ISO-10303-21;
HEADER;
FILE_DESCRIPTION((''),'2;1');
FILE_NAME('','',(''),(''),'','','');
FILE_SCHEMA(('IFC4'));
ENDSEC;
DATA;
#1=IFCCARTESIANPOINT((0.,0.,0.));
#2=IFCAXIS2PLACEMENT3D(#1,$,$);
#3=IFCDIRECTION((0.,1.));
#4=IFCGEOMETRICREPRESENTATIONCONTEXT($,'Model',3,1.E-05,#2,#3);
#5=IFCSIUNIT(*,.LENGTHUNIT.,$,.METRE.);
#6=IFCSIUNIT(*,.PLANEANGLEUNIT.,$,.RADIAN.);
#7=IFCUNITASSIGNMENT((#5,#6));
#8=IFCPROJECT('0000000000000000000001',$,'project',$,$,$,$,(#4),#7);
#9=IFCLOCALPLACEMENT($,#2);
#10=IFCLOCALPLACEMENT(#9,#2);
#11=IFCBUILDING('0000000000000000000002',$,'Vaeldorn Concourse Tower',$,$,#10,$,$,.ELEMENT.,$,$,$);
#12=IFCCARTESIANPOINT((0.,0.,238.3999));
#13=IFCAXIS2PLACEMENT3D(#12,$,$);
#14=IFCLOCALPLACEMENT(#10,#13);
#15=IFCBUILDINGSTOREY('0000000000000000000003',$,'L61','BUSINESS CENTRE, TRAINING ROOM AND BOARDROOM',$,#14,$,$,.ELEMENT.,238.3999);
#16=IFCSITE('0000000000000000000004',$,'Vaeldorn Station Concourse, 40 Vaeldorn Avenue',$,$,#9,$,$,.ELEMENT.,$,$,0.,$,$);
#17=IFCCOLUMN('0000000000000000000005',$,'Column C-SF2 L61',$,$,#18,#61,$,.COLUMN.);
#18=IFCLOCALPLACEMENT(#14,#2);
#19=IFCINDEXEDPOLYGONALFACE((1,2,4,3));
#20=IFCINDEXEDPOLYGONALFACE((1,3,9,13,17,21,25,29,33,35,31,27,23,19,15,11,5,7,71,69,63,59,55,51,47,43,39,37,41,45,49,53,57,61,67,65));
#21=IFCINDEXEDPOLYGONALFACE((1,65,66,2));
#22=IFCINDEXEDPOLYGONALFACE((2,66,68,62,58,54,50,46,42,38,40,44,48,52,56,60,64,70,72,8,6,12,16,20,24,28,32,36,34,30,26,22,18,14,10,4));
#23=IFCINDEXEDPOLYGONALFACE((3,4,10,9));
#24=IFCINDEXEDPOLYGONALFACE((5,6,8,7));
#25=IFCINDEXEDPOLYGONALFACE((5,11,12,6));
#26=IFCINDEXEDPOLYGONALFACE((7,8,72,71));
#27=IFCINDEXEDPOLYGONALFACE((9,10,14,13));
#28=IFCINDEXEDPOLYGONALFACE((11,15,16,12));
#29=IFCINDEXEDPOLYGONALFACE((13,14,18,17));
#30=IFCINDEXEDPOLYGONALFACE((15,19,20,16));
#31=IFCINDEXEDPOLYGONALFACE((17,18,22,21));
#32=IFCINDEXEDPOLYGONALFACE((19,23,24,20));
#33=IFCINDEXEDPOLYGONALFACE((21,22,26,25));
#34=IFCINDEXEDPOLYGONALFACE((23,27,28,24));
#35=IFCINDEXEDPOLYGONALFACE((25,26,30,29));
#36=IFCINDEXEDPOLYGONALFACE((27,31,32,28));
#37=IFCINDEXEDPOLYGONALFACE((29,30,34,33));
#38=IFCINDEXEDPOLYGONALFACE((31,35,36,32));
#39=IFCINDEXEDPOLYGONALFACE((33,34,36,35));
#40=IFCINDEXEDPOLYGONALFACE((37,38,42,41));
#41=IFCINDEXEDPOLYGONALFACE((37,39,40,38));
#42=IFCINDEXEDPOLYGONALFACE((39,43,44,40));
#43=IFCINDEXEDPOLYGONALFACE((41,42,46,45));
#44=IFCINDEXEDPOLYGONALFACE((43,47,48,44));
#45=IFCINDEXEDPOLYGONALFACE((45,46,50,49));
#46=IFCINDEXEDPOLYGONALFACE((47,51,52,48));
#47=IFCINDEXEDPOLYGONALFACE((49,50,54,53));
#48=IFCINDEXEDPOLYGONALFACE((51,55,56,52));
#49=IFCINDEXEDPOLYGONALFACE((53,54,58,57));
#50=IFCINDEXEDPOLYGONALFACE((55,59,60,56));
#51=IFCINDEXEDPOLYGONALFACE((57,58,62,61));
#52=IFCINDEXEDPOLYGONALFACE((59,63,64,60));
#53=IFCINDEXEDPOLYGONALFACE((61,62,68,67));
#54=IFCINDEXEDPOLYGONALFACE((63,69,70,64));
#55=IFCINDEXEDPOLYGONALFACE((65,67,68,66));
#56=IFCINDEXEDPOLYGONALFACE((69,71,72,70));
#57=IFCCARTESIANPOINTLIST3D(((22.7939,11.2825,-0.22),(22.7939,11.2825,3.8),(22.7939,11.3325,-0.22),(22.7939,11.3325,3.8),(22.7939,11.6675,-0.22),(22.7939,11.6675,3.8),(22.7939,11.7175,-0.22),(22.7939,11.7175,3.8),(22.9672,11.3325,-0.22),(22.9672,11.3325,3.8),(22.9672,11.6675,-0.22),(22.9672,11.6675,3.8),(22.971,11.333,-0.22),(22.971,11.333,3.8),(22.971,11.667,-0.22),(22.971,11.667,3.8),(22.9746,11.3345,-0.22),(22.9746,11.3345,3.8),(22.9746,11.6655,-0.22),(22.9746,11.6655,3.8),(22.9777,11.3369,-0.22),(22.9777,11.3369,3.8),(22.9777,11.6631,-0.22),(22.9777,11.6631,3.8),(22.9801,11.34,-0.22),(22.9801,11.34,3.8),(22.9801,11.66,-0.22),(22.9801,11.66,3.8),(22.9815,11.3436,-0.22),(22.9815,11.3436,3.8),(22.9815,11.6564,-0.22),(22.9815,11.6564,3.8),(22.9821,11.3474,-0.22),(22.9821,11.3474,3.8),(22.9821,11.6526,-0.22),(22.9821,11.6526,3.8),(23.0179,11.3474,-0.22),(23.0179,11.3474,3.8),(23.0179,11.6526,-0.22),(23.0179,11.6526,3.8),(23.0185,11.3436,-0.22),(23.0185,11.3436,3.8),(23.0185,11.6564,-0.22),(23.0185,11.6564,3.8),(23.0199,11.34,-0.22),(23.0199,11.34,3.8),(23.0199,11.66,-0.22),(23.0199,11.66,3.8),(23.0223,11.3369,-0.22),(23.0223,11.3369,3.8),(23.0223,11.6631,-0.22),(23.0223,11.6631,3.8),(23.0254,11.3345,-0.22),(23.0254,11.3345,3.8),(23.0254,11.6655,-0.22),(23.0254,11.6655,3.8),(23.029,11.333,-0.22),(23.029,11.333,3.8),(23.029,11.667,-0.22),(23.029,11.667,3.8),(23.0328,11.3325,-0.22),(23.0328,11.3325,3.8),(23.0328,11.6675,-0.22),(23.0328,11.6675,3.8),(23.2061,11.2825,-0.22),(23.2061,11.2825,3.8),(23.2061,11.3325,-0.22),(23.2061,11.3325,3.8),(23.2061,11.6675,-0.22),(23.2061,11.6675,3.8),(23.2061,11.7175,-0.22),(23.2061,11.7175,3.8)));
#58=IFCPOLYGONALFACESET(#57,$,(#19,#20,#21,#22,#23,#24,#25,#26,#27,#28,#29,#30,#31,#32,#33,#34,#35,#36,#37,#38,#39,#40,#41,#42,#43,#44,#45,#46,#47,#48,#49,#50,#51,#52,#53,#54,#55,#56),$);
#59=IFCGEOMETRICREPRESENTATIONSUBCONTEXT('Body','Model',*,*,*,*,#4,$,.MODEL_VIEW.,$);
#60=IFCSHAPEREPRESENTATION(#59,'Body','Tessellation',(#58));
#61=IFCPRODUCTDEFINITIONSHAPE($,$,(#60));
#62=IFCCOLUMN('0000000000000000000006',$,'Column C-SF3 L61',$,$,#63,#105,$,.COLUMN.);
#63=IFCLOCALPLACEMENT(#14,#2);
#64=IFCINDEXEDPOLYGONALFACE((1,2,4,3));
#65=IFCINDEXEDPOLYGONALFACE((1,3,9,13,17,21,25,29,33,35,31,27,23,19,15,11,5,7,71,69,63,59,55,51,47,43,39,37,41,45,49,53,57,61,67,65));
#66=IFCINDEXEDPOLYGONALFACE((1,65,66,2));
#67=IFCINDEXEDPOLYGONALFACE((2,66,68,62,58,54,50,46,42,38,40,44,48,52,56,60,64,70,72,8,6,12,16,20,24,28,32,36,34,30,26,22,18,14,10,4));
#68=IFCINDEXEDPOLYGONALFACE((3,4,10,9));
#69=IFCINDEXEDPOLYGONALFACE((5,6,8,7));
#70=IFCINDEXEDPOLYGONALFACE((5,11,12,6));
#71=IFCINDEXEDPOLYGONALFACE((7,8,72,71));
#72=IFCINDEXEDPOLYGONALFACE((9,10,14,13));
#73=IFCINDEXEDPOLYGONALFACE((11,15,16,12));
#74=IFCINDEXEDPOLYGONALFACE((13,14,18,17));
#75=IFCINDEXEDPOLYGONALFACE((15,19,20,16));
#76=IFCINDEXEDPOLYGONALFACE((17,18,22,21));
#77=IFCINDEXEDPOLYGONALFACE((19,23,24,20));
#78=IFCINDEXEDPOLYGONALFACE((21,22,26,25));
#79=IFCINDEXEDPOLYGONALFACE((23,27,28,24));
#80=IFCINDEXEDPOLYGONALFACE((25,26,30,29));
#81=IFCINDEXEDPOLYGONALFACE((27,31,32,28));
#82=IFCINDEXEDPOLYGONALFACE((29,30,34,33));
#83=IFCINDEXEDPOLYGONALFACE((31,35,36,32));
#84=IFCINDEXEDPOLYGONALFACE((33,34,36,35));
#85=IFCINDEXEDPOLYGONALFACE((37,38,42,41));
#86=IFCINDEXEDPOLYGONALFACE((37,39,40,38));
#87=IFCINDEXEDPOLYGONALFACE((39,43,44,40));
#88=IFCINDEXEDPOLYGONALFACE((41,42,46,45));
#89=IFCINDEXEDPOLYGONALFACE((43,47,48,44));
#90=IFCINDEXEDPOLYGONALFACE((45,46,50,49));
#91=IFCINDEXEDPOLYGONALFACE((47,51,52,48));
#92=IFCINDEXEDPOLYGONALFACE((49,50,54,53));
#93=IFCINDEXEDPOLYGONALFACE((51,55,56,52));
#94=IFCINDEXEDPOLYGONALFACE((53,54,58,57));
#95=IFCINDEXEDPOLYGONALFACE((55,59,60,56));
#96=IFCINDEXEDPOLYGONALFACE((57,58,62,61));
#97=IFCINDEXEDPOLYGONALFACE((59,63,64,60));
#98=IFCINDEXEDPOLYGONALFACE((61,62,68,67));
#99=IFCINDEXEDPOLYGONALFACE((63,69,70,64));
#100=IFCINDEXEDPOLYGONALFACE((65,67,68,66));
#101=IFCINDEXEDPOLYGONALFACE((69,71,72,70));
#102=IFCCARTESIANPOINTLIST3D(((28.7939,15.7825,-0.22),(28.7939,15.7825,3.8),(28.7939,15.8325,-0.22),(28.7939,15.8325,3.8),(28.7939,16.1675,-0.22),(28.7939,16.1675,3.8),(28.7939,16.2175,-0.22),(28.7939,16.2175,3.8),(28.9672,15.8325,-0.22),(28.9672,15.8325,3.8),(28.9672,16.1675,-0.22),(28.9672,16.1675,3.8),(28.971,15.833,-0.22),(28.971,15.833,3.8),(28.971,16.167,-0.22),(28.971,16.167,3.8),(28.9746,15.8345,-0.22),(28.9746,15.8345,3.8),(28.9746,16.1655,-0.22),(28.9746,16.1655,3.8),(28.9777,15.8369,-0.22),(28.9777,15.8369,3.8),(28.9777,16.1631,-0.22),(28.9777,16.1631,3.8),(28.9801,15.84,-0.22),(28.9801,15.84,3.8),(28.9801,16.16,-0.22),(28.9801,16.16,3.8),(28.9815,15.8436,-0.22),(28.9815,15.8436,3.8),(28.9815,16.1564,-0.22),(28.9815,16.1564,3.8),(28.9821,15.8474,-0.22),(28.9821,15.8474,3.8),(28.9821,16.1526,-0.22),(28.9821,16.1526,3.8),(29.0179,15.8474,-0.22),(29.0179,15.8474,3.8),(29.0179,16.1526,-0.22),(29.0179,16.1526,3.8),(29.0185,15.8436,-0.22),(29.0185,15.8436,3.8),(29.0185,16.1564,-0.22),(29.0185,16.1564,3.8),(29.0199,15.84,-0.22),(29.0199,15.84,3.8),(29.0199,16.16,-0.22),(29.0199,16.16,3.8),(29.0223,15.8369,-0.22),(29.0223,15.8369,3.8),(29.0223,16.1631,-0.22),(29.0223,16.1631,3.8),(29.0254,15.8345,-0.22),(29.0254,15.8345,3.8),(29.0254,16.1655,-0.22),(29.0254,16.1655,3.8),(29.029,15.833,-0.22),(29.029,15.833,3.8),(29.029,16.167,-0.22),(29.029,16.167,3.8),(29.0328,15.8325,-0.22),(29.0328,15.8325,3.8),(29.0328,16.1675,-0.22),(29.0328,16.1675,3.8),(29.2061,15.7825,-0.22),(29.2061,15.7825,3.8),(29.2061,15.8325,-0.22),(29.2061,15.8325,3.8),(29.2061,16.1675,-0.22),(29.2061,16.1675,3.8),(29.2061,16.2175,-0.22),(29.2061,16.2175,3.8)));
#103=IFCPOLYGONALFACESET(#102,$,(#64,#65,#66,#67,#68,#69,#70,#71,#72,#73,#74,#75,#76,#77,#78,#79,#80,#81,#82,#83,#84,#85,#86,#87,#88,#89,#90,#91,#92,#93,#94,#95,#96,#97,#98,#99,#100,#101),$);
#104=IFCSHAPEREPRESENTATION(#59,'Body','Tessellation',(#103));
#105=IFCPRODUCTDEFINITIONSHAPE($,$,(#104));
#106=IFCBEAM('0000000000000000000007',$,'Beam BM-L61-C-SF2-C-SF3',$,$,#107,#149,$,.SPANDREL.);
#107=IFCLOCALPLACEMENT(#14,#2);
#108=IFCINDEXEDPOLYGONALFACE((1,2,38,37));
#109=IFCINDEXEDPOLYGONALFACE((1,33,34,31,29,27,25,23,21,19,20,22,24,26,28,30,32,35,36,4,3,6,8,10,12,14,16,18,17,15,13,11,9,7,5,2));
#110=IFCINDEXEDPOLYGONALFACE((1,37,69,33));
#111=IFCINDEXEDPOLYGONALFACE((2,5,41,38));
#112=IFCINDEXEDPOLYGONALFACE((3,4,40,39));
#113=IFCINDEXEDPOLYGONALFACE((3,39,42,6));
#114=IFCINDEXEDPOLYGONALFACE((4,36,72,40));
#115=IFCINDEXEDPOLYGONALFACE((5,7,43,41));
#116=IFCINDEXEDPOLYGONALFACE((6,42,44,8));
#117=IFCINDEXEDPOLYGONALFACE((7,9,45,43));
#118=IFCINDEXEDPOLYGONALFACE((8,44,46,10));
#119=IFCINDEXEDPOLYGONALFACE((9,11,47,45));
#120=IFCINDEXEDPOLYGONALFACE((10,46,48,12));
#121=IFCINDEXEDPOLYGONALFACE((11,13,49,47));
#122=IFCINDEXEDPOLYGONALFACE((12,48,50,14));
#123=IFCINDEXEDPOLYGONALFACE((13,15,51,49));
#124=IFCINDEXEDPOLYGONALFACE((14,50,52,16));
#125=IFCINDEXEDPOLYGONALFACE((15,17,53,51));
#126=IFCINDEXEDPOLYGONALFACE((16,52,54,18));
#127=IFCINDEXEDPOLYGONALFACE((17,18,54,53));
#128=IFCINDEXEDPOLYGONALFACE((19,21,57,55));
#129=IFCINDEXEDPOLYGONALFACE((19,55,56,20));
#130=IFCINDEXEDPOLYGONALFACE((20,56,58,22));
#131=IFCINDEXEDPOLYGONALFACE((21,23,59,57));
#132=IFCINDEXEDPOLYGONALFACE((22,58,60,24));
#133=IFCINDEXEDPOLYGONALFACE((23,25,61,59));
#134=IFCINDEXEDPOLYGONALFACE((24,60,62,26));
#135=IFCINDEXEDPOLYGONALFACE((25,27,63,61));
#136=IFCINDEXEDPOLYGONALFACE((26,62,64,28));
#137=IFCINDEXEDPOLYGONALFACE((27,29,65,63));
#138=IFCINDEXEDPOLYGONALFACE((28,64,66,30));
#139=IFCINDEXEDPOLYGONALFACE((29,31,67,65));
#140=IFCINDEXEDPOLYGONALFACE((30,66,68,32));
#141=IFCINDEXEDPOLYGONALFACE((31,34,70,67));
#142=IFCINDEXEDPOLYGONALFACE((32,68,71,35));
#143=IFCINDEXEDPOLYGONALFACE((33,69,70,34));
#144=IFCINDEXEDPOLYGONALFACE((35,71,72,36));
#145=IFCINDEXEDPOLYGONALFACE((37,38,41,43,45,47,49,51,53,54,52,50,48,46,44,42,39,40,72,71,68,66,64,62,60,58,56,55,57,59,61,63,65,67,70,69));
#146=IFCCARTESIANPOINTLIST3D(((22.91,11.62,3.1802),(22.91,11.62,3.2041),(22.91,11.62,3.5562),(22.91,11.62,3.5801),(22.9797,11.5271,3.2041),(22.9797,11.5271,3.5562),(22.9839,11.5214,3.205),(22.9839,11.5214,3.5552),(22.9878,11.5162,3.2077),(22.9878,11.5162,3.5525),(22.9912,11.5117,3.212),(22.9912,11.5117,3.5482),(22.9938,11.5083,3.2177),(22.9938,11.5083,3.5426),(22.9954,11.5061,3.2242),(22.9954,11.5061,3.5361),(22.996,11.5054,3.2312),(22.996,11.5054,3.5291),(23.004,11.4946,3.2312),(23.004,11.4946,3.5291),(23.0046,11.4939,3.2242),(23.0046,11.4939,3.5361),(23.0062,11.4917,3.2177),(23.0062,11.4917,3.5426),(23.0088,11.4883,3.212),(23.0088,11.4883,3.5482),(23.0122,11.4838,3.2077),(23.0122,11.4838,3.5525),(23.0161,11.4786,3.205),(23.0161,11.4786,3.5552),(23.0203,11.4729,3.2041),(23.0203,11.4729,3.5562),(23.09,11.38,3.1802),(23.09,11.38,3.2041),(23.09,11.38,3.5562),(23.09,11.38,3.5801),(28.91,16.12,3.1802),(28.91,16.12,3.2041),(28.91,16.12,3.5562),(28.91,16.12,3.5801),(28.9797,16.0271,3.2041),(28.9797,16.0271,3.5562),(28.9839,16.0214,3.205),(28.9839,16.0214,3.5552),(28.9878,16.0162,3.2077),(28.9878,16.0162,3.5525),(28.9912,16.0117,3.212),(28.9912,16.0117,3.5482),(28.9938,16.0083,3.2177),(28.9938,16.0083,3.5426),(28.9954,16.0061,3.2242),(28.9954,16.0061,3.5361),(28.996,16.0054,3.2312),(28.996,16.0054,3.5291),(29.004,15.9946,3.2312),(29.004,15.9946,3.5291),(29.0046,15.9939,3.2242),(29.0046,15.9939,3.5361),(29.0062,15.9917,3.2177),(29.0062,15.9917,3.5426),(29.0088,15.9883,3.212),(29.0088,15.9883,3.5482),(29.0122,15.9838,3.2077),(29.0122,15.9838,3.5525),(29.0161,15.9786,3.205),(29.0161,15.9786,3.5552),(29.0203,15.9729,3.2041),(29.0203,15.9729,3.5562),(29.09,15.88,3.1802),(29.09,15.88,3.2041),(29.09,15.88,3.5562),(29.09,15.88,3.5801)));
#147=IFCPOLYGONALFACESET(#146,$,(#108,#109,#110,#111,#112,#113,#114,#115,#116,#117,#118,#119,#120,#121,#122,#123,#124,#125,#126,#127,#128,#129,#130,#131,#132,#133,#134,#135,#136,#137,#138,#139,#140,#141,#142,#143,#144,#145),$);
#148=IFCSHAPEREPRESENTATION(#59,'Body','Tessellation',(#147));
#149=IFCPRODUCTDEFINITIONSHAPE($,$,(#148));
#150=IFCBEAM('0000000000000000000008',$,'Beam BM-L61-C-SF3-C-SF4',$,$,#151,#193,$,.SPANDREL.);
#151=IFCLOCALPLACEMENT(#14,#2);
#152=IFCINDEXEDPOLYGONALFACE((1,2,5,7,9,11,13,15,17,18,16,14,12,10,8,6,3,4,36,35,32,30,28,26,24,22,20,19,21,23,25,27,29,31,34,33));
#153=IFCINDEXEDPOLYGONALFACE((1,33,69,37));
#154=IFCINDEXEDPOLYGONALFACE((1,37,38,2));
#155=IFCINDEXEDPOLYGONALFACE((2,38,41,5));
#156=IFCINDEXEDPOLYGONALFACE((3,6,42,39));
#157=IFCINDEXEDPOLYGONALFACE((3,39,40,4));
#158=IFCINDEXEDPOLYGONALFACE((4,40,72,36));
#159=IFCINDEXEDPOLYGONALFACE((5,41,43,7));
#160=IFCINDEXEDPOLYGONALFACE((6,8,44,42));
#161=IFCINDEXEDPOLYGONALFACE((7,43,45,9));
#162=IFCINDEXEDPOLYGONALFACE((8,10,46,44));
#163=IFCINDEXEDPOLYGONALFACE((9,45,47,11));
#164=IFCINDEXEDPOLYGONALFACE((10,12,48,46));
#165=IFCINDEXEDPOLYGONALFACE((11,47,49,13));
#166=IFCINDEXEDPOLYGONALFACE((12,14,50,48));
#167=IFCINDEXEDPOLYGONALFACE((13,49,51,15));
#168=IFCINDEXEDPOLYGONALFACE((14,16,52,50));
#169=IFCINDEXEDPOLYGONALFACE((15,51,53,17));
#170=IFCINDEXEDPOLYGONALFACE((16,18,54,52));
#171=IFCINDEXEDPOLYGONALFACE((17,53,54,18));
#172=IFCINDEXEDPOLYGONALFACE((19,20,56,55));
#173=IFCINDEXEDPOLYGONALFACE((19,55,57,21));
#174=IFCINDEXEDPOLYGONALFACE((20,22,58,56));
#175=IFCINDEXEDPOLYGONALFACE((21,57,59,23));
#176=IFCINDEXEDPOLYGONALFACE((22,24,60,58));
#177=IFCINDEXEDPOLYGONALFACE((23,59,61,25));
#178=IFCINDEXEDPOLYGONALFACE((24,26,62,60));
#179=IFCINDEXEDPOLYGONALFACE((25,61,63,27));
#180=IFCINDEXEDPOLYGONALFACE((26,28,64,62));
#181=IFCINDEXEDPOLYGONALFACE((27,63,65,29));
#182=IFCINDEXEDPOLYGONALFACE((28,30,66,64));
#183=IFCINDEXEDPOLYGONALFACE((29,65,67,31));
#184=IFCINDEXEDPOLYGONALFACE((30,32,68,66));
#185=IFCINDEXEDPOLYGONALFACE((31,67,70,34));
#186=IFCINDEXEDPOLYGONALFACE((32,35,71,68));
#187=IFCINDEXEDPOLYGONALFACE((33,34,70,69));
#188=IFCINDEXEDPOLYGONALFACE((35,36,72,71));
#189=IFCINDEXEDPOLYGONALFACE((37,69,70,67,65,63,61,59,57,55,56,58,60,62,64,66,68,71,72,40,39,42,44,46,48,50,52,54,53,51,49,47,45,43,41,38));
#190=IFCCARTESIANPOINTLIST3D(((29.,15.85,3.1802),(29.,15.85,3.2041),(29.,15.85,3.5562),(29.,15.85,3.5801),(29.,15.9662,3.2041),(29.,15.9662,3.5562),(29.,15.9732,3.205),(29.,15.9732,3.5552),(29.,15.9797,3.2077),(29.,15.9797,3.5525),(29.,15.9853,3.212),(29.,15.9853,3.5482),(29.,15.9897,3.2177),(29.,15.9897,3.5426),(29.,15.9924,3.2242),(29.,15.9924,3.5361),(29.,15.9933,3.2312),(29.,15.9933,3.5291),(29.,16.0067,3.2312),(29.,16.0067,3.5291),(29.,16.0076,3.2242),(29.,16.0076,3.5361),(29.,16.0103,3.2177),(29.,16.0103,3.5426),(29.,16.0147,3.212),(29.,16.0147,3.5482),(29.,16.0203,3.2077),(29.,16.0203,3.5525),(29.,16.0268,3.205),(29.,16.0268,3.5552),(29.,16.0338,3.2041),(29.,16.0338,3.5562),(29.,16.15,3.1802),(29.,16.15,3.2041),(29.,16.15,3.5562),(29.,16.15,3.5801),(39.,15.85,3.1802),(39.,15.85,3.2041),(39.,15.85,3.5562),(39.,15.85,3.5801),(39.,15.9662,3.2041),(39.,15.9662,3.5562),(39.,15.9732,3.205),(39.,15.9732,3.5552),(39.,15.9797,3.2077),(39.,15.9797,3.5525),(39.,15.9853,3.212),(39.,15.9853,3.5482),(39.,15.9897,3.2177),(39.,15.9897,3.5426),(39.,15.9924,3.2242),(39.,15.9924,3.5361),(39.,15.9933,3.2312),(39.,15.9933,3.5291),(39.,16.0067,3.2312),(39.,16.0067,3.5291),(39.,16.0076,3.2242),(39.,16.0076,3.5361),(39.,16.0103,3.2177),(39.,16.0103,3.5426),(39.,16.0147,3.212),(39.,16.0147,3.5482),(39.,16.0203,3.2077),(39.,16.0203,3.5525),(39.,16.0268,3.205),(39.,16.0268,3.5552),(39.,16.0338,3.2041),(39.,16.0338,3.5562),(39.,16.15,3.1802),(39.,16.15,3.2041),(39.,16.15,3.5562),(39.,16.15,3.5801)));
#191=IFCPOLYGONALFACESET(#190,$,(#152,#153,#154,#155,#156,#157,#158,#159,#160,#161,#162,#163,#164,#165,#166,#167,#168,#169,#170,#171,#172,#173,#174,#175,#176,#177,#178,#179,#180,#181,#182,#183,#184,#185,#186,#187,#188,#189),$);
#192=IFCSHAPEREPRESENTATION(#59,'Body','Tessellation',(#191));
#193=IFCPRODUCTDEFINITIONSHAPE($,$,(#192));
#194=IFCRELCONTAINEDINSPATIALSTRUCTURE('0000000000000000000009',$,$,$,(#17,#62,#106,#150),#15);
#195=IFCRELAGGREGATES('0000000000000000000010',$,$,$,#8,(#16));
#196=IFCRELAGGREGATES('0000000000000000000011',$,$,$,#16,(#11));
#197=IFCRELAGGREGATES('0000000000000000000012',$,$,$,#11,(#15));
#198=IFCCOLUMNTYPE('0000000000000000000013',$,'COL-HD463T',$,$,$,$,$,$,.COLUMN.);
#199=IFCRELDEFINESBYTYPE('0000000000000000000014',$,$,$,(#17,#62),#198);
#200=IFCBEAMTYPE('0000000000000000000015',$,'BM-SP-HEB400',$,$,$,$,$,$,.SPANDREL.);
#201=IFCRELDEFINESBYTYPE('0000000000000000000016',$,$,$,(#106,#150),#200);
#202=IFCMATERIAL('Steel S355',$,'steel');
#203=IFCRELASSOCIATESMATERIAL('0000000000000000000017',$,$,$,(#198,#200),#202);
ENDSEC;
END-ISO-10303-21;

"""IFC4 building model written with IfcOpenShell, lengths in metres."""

from ifc_helpers import new_model, si_unit, direction, frame, origin, origin_2d, place, context, subcontext, project, spatial, i_section, extrude, source, transform, mapped, material, material_profile, profile_set, type_object, element, save


model = new_model("IFC4")

# Units and contexts
model_context = context("Model", 3, precision=1e-05, world=origin(), true_north=direction((0.0, 1.0)))
body_context = subcontext(model_context, "Body", "Model", "MODEL_VIEW")
ifc_project = project(units=[si_unit("LENGTHUNIT", "METRE"), si_unit("PLANEANGLEUNIT", "RADIAN")], contexts=[model_context])

# Site, building, storey
site_placement = place(None, origin())
site = spatial("IfcSite", under=ifc_project, at=site_placement, Name="Vaeldorn Station Concourse, 40 Vaeldorn Avenue", CompositionType="ELEMENT", RefElevation=0.0)
building_placement = place(site_placement, origin())
building = spatial("IfcBuilding", under=site, at=building_placement, Name="Vaeldorn Concourse Tower", CompositionType="ELEMENT")
storey_placement = place(building_placement, frame((0.0, 0.0, 238.3999)))
storey = spatial("IfcBuildingStorey", under=building, at=storey_placement, Name="L61", Description="BUSINESS CENTRE, TRAINING ROOM AND BOARDROOM", CompositionType="ELEMENT", Elevation=238.3999)

# Columns
ifc_material_1 = material(Name="Steel S355", Category="steel")
ifc_material_profile_1 = material_profile(ifc_material_1, i_section(OverallWidth=0.4121, OverallDepth=0.4351, WebThickness=0.0359, FlangeThickness=0.05, FilletRadius=0.0149, at=origin_2d()), Name="HD 400x463")
ifc_profile_set_1 = profile_set([ifc_material_profile_1], Name="Steel S355")
column_type = type_object("IfcColumnType", Name="COL-HD463T", PredefinedType="COLUMN", material=ifc_profile_set_1)
shared_shape_1 = source(origin(), body_context, "Body", "SweptSolid", [
    extrude(i_section(OverallWidth=0.4121, OverallDepth=0.4351, WebThickness=0.0359, FlangeThickness=0.05, FilletRadius=0.0149, at=origin_2d()), origin(), (0.0, 0.0, 1.0), 4.02),
])
for number, where, z_axis, x_axis, name in (
    (1, (23.0, 11.5, -0.22), (0.0, 0.0, 1.0), (1.0, 0.0, 0.0), "Column C-SF2 L61"),
    (2, (29.0, 16.0, -0.22), (0.0, 0.0, 1.0), (1.0, 0.0, 0.0), "Column C-SF3 L61"),
):
    element("IfcColumn", number, at=place(storey_placement, frame(where, z_axis=z_axis, x_axis=x_axis)), inside=storey, type_object=column_type, Name=name, PredefinedType="COLUMN", context=body_context, shape_type="MappedRepresentation", body=[
        mapped(shared_shape_1, transform((0.0, 0.0, 0.0), scale=1.0)),
    ])

# Beams
ifc_material_profile_2 = material_profile(ifc_material_1, i_section(OverallWidth=0.3, OverallDepth=0.3999, WebThickness=0.0134, FlangeThickness=0.0239, FilletRadius=0.0271, at=origin_2d()), Name="HEB 400")
ifc_profile_set_2 = profile_set([ifc_material_profile_2], Name="Steel S355")
beam_type_1 = type_object("IfcBeamType", Name="BM-SP-HEB400", PredefinedType="SPANDREL", material=ifc_profile_set_2)
shared_shape_2 = source(origin(), body_context, "Body", "SweptSolid", [
    extrude(i_section(OverallWidth=0.3, OverallDepth=0.3999, WebThickness=0.0134, FlangeThickness=0.0239, FilletRadius=0.0271, at=origin_2d()), origin(), (0.0, 0.0, 1.0), 7.5),
])
beam_1_placement = place(storey_placement, frame((23.0, 11.5, 3.3801), z_axis=(0.8, 0.6, 0.0), x_axis=(-0.6, 0.8, 0.0)))
element("IfcBeam", 3, at=beam_1_placement, inside=storey, type_object=beam_type_1, Name="Beam BM-L61-C-SF2-C-SF3", PredefinedType="SPANDREL", context=body_context, shape_type="MappedRepresentation", body=[
    mapped(shared_shape_2, transform((0.0, 0.0, 0.0), scale=1.0)),
])
shared_shape_3 = source(origin(), body_context, "Body", "SweptSolid", [
    extrude(i_section(OverallWidth=0.3, OverallDepth=0.3999, WebThickness=0.0134, FlangeThickness=0.0239, FilletRadius=0.0271, at=origin_2d()), origin(), (0.0, 0.0, 1.0), 10.0),
])
beam_2_placement = place(storey_placement, frame((29.0, 16.0, 3.3801), z_axis=(1.0, 0.0, 0.0), x_axis=(0.0, 1.0, 0.0)))
element("IfcBeam", 4, at=beam_2_placement, inside=storey, type_object=beam_type_1, Name="Beam BM-L61-C-SF3-C-SF4", PredefinedType="SPANDREL", context=body_context, shape_type="MappedRepresentation", body=[
    mapped(shared_shape_3, transform((0.0, 0.0, 0.0), scale=1.0)),
])

save(model, "model.ifc")
